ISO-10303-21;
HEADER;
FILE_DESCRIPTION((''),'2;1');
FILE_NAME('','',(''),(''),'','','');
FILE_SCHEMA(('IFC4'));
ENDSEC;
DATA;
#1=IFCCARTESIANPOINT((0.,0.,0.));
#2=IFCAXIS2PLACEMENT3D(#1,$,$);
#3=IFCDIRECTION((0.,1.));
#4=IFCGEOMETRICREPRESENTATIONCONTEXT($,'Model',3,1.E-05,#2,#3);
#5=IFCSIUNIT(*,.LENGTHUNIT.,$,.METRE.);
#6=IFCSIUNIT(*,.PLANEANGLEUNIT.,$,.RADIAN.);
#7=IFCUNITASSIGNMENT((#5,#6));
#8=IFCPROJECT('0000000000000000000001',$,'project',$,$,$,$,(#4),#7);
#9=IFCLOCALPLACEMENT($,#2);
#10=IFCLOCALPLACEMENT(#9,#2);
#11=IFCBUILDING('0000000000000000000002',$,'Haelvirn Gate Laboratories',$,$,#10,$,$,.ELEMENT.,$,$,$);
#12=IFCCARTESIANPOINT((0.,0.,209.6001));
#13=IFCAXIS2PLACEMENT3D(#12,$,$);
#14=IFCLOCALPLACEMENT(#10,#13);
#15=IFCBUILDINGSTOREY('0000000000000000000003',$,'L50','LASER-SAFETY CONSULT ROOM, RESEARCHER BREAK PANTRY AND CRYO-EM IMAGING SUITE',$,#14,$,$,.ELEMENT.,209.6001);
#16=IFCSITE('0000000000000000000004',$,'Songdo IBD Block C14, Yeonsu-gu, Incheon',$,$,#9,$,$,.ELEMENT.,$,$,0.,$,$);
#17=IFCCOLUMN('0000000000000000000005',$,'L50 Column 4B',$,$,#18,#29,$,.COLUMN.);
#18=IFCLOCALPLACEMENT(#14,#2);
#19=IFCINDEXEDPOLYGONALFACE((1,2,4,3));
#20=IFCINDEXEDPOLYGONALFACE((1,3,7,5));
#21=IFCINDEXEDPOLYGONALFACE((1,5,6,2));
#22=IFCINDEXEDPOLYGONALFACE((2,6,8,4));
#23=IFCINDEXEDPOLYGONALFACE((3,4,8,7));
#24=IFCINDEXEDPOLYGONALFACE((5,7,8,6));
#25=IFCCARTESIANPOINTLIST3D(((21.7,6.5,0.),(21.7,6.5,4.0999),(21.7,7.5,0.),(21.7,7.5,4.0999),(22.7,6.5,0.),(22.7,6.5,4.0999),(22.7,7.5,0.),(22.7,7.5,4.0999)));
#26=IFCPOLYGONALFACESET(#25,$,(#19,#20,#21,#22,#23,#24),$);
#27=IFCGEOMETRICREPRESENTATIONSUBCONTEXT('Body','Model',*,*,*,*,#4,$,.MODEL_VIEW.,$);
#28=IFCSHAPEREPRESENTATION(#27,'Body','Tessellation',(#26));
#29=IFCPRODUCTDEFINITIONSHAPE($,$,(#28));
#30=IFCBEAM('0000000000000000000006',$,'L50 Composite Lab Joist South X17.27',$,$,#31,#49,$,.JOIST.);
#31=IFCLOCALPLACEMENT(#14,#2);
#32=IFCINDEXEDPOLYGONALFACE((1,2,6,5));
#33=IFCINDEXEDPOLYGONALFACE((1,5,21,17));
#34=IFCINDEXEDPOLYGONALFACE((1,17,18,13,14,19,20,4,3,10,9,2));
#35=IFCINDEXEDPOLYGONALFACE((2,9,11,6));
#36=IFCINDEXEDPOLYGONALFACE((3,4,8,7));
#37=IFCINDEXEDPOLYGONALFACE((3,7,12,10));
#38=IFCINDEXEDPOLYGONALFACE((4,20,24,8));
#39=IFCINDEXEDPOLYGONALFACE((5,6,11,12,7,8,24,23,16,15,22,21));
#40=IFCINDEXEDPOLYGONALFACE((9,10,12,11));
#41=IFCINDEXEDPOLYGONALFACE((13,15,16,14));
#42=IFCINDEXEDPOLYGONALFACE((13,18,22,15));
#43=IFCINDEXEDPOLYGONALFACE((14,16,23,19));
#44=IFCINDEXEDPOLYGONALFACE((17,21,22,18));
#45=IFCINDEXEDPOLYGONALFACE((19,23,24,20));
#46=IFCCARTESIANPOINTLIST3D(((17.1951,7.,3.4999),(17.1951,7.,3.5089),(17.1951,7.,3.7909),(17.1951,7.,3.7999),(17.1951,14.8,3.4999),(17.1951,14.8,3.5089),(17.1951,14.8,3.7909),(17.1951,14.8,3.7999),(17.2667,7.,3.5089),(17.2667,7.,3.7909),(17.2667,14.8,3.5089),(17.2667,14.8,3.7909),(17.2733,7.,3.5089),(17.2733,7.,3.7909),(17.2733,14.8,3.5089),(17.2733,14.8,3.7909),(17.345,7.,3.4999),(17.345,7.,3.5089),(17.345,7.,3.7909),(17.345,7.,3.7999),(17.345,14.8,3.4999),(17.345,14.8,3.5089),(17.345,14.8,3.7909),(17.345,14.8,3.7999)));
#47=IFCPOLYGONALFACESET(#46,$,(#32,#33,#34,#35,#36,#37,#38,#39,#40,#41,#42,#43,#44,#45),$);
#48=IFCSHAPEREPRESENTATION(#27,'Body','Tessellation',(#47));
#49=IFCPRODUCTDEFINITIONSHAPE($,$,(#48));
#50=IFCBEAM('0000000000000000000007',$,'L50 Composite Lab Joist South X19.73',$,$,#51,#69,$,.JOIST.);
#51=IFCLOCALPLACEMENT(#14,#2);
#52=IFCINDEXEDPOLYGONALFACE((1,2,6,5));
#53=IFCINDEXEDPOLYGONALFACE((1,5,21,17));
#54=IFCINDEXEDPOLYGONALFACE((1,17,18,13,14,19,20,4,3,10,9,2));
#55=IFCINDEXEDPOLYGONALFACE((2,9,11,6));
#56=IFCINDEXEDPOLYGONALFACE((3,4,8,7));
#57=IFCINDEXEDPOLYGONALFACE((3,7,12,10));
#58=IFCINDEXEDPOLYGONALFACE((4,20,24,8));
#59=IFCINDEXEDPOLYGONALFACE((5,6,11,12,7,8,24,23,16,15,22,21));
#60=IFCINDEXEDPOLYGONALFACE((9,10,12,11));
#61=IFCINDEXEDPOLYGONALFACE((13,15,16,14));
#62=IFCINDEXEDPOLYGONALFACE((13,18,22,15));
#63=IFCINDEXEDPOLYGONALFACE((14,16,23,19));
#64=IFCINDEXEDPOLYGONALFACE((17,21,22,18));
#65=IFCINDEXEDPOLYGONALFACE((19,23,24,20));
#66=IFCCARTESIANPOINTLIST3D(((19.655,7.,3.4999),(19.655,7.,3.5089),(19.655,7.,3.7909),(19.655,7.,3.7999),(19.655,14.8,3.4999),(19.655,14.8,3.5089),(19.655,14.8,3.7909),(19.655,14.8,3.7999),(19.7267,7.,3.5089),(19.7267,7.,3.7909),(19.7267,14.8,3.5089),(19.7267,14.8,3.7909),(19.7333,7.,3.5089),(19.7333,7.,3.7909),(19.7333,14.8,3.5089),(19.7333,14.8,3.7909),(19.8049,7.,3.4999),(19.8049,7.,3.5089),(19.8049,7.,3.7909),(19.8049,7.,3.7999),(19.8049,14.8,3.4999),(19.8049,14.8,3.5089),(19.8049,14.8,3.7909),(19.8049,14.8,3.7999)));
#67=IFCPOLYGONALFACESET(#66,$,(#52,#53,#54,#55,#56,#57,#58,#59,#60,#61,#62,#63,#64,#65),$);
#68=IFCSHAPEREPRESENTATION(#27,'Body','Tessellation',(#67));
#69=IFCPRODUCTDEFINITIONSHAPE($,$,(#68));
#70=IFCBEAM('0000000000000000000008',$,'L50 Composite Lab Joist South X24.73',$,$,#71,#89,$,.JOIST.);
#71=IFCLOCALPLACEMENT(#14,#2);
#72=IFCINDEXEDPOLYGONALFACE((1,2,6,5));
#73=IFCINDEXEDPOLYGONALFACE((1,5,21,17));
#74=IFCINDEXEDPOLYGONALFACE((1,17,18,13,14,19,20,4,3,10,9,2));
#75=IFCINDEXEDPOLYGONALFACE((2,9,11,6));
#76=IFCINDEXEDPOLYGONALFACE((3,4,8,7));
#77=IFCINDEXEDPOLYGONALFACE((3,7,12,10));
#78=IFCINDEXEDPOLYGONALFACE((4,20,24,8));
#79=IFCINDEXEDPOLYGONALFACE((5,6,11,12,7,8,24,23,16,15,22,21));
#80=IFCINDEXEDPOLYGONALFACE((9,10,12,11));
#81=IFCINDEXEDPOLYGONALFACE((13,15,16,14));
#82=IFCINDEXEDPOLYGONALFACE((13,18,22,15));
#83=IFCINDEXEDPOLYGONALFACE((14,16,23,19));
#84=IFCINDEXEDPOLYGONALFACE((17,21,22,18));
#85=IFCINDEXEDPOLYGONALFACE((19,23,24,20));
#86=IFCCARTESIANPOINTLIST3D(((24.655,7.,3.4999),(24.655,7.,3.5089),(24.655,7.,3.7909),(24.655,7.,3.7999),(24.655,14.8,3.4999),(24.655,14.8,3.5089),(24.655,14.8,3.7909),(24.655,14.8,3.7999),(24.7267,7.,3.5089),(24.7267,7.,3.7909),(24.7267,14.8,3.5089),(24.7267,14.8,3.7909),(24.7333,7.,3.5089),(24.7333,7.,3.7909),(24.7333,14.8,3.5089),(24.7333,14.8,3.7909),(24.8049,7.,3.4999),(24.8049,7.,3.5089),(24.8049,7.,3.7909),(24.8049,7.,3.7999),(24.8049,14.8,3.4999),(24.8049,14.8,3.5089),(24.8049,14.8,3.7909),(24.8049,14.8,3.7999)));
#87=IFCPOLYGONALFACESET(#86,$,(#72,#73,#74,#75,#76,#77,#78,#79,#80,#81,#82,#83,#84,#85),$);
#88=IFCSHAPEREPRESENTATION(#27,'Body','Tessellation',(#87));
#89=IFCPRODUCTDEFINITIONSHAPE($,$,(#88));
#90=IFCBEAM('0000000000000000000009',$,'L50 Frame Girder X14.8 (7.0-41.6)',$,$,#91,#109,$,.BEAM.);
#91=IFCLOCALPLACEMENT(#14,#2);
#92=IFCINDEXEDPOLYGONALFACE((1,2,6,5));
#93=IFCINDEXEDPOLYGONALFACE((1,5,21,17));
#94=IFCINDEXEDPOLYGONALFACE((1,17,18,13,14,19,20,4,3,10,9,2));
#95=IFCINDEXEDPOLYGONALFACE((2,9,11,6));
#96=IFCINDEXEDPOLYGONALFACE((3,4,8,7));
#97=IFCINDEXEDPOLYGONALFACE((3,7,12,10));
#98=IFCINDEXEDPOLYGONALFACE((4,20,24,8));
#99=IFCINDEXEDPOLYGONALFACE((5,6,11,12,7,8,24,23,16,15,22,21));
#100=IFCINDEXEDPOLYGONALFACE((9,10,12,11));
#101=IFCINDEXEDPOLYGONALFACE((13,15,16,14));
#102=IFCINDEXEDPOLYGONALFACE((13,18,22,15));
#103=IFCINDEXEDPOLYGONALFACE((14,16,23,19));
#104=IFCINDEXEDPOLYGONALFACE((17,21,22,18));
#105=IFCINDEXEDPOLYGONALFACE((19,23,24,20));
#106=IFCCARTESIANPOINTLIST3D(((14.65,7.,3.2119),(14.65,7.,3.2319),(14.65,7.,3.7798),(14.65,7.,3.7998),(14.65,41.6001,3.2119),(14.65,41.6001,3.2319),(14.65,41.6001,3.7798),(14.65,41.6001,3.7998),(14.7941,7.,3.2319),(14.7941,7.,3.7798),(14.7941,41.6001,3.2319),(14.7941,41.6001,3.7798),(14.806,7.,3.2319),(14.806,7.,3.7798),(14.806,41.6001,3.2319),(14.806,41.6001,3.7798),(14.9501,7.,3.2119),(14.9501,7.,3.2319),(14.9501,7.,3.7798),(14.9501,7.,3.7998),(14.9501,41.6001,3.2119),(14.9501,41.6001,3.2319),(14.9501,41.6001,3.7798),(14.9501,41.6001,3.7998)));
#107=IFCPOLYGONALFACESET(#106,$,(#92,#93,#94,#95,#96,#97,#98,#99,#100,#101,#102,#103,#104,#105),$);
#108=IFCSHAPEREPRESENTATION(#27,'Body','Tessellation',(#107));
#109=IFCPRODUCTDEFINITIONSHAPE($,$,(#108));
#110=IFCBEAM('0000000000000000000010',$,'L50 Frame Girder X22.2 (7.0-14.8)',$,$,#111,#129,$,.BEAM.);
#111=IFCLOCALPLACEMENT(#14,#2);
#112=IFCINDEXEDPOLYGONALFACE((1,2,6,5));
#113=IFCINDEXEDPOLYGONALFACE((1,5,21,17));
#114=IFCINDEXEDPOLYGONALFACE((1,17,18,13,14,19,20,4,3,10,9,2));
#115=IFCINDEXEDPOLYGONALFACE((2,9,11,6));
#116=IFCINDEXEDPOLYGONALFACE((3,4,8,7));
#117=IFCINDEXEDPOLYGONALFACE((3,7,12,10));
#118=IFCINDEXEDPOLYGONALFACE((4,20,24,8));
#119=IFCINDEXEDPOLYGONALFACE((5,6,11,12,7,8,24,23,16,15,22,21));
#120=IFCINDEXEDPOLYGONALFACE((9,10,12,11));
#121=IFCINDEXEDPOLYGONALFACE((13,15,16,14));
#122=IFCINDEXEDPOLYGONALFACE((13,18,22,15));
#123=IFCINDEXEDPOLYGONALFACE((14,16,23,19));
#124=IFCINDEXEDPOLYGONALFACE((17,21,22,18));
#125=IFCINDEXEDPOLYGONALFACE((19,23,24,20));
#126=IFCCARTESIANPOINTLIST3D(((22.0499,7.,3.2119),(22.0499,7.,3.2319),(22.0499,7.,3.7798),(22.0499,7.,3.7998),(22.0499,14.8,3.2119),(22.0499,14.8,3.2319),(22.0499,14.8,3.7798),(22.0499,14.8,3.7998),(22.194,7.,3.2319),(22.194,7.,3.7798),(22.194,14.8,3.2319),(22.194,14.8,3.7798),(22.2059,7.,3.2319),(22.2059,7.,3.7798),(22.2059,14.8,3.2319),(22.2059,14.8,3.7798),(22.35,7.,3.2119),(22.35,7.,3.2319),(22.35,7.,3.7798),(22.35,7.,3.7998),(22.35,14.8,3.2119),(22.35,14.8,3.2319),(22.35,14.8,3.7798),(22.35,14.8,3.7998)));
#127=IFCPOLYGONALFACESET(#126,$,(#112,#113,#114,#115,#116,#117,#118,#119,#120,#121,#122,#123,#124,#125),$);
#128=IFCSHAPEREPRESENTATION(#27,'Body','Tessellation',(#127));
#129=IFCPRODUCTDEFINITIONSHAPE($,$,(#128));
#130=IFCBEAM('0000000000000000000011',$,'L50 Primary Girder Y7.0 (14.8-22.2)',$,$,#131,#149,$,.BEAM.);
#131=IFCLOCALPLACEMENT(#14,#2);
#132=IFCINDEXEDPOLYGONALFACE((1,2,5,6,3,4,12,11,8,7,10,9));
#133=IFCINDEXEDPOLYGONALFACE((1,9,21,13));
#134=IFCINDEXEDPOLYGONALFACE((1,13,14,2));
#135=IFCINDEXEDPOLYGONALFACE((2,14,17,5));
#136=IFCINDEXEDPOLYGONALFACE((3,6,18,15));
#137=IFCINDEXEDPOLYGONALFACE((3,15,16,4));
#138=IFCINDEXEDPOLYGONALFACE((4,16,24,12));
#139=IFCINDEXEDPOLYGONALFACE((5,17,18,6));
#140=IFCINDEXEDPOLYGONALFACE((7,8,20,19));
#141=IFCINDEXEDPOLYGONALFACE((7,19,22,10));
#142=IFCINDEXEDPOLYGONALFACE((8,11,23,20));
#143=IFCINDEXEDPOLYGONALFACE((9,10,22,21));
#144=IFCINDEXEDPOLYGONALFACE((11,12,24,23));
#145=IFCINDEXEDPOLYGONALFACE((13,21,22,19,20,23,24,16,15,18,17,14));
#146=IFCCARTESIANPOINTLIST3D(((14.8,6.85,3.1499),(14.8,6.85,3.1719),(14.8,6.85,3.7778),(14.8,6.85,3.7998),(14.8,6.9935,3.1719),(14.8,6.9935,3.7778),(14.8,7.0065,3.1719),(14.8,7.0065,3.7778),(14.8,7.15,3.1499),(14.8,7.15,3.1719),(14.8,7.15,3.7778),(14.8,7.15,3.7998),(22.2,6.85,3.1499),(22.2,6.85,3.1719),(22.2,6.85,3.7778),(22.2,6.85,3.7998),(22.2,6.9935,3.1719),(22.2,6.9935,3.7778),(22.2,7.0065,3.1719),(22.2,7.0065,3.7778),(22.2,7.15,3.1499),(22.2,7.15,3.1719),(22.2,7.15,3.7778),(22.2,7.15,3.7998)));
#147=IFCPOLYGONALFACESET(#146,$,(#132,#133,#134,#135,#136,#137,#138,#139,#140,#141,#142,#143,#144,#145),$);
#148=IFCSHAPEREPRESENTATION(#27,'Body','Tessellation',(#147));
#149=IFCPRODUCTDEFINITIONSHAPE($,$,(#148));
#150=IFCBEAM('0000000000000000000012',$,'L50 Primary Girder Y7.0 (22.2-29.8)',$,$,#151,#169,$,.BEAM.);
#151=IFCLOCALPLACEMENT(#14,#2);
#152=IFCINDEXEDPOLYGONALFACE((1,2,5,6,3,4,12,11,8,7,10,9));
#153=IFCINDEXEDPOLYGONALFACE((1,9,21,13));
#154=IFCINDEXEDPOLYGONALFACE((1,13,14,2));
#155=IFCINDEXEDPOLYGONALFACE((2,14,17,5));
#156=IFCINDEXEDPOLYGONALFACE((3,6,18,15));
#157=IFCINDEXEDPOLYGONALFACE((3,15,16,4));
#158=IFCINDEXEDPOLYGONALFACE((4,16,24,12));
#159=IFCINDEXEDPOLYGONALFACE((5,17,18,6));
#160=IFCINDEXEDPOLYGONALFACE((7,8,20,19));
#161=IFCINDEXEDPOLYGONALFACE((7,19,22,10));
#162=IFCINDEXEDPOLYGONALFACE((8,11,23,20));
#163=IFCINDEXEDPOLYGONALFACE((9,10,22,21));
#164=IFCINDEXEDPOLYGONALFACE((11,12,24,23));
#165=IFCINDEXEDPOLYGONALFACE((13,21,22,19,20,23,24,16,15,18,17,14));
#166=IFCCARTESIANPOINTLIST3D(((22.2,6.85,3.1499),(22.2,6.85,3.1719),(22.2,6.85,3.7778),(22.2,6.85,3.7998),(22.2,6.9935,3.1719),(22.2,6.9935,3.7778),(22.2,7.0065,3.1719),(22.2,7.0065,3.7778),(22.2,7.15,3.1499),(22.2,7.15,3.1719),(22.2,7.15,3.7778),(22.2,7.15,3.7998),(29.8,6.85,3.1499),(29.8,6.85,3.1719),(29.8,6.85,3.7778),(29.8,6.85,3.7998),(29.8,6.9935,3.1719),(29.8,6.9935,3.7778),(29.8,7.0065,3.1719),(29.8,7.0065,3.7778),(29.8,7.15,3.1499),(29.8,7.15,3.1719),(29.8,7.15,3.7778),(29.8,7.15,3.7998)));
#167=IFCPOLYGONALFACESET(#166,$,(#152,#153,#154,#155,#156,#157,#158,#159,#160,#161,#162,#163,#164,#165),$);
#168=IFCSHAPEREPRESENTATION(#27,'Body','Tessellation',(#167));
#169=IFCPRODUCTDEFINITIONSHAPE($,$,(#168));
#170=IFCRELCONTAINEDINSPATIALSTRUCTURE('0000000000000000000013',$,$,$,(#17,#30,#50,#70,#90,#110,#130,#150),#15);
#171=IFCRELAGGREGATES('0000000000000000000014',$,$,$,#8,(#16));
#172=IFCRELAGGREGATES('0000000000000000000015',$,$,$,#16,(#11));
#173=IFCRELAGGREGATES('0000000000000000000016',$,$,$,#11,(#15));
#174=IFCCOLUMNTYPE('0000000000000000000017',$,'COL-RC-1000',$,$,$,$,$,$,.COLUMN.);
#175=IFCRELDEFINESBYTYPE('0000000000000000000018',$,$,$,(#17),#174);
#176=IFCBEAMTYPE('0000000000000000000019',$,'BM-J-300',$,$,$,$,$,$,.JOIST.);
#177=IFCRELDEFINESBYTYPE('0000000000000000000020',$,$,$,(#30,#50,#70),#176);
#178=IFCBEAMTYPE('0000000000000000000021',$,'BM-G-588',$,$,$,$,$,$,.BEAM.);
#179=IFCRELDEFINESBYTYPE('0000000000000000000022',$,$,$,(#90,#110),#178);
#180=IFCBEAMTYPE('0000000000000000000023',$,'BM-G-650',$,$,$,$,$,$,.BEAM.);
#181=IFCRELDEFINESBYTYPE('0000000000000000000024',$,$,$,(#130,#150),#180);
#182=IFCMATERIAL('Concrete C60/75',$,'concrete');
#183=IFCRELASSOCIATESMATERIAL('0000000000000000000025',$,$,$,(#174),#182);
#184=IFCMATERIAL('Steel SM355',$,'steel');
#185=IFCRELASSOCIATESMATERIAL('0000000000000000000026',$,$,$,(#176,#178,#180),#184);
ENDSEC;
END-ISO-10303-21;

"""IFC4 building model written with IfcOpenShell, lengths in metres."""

from ifc_helpers import new_model, si_unit, direction, frame, origin, origin_2d, place, context, subcontext, project, spatial, rectangle, i_section, extrude, source, transform, mapped, material, material_profile, profile_set, type_object, type_shapes, element, save


model = new_model("IFC4")

# Units and contexts
model_context = context("Model", 3, precision=1e-05, world=origin(), true_north=direction((0.0, 1.0)))
body_context = subcontext(model_context, "Body", "Model", "MODEL_VIEW")
ifc_project = project(units=[si_unit("LENGTHUNIT", "METRE"), si_unit("PLANEANGLEUNIT", "RADIAN")], contexts=[model_context])

# Site, building, storey
site_placement = place(None, origin())
site = spatial("IfcSite", under=ifc_project, at=site_placement, Name="Songdo IBD Block C14, Yeonsu-gu, Incheon", CompositionType="ELEMENT", RefElevation=0.0)
building_placement = place(site_placement, origin())
building = spatial("IfcBuilding", under=site, at=building_placement, Name="Haelvirn Gate Laboratories", CompositionType="ELEMENT")
storey_placement = place(building_placement, frame((0.0, 0.0, 209.6001)))
storey = spatial("IfcBuildingStorey", under=building, at=storey_placement, Name="L50", Description="LASER-SAFETY CONSULT ROOM, RESEARCHER BREAK PANTRY AND CRYO-EM IMAGING SUITE", CompositionType="ELEMENT", Elevation=209.6001)

# Column
ifc_material_1 = material(Name="Concrete C60/75", Category="concrete")
ifc_material_profile_1 = material_profile(ifc_material_1, rectangle(XDim=1.0, YDim=1.0, at=origin_2d()), Name="RC-1000x1000")
ifc_profile_set_1 = profile_set([ifc_material_profile_1], Name="Concrete C60/75")
column_type = type_object("IfcColumnType", Name="COL-RC-1000", PredefinedType="COLUMN", material=ifc_profile_set_1)
shared_shape_1 = source(origin(), body_context, "Body", "SweptSolid", [
    extrude(rectangle(XDim=1.0, YDim=1.0, at=origin_2d()), origin(), (0.0, 0.0, 1.0), 4.0999),
])
type_shapes(column_type, [shared_shape_1])
column_placement = place(storey_placement, frame((22.2, 7.0, 0.0), z_axis=(0.0, 0.0, 1.0), x_axis=(1.0, 0.0, 0.0)))
element("IfcColumn", 1, at=column_placement, inside=storey, type_object=column_type, Name="L50 Column 4B", PredefinedType="COLUMN", context=body_context, shape_type="MappedRepresentation", body=[
    mapped(shared_shape_1, transform((0.0, 0.0, 0.0), scale=1.0)),
])

# Beams
ifc_material_2 = material(Name="Steel SM355", Category="steel")
ifc_material_profile_2 = material_profile(ifc_material_2, i_section(OverallWidth=0.1499, OverallDepth=0.3, WebThickness=0.0066, FlangeThickness=0.009, at=origin_2d()), Name="H-300x150x6.5x9")
ifc_profile_set_2 = profile_set([ifc_material_profile_2], Name="Steel SM355")
beam_type_1 = type_object("IfcBeamType", Name="BM-J-300", PredefinedType="JOIST", material=ifc_profile_set_2)
shared_shape_2 = source(origin(), body_context, "Body", "SweptSolid", [
    extrude(i_section(OverallWidth=0.1499, OverallDepth=0.3, WebThickness=0.0066, FlangeThickness=0.009, at=origin_2d()), origin(), (0.0, 0.0, 1.0), 7.8),
])
type_shapes(beam_type_1, [shared_shape_2])
for number, where, z_axis, x_axis, name in (
    (2, (17.27, 7.0, 3.6499), (0.0, 1.0, 0.0), (-1.0, 0.0, 0.0), "L50 Composite Lab Joist South X17.27"),
    (3, (19.73, 7.0, 3.6499), (0.0, 1.0, 0.0), (-1.0, 0.0, 0.0), "L50 Composite Lab Joist South X19.73"),
    (4, (24.73, 7.0, 3.6499), (0.0, 1.0, 0.0), (-1.0, 0.0, 0.0), "L50 Composite Lab Joist South X24.73"),
):
    element("IfcBeam", number, at=place(storey_placement, frame(where, z_axis=z_axis, x_axis=x_axis)), inside=storey, type_object=beam_type_1, Name=name, PredefinedType="JOIST", context=body_context, shape_type="MappedRepresentation", body=[
        mapped(shared_shape_2, transform((0.0, 0.0, 0.0), scale=1.0)),
    ])
ifc_material_profile_3 = material_profile(ifc_material_2, i_section(OverallWidth=0.3, OverallDepth=0.5879, WebThickness=0.012, FlangeThickness=0.02, at=origin_2d()), Name="H-588x300x12x20")
ifc_profile_set_3 = profile_set([ifc_material_profile_3], Name="Steel SM355")
beam_type_2 = type_object("IfcBeamType", Name="BM-G-588", PredefinedType="BEAM", material=ifc_profile_set_3)
shared_shape_3 = source(origin(), body_context, "Body", "SweptSolid", [
    extrude(i_section(OverallWidth=0.3, OverallDepth=0.5879, WebThickness=0.012, FlangeThickness=0.02, at=origin_2d()), origin(), (0.0, 0.0, 1.0), 34.6001),
])
beam_1_placement = place(storey_placement, frame((14.8, 7.0, 3.5059), z_axis=(0.0, 1.0, 0.0), x_axis=(-1.0, 0.0, 0.0)))
element("IfcBeam", 5, at=beam_1_placement, inside=storey, type_object=beam_type_2, Name="L50 Frame Girder X14.8 (7.0-41.6)", PredefinedType="BEAM", context=body_context, shape_type="MappedRepresentation", body=[
    mapped(shared_shape_3, transform((0.0, 0.0, 0.0), scale=1.0)),
])
shared_shape_4 = source(origin(), body_context, "Body", "SweptSolid", [
    extrude(i_section(OverallWidth=0.3, OverallDepth=0.5879, WebThickness=0.012, FlangeThickness=0.02, at=origin_2d()), origin(), (0.0, 0.0, 1.0), 7.8),
])
type_shapes(beam_type_2, [shared_shape_3, shared_shape_4])
beam_2_placement = place(storey_placement, frame((22.2, 7.0, 3.5059), z_axis=(0.0, 1.0, 0.0), x_axis=(-1.0, 0.0, 0.0)))
element("IfcBeam", 6, at=beam_2_placement, inside=storey, type_object=beam_type_2, Name="L50 Frame Girder X22.2 (7.0-14.8)", PredefinedType="BEAM", context=body_context, shape_type="MappedRepresentation", body=[
    mapped(shared_shape_4, transform((0.0, 0.0, 0.0), scale=1.0)),
])
ifc_material_profile_4 = material_profile(ifc_material_2, i_section(OverallWidth=0.3, OverallDepth=0.6499, WebThickness=0.0129, FlangeThickness=0.022, at=origin_2d()), Name="H-650x300x13x22")
ifc_profile_set_4 = profile_set([ifc_material_profile_4], Name="Steel SM355")
beam_type_3 = type_object("IfcBeamType", Name="BM-G-650", PredefinedType="BEAM", material=ifc_profile_set_4)
shared_shape_5 = source(origin(), body_context, "Body", "SweptSolid", [
    extrude(i_section(OverallWidth=0.3, OverallDepth=0.6499, WebThickness=0.0129, FlangeThickness=0.022, at=origin_2d()), origin(), (0.0, 0.0, 1.0), 7.3999),
])
beam_3_placement = place(storey_placement, frame((14.8, 7.0, 3.4749), z_axis=(1.0, 0.0, 0.0), x_axis=(0.0, 1.0, 0.0)))
element("IfcBeam", 7, at=beam_3_placement, inside=storey, type_object=beam_type_3, Name="L50 Primary Girder Y7.0 (14.8-22.2)", PredefinedType="BEAM", context=body_context, shape_type="MappedRepresentation", body=[
    mapped(shared_shape_5, transform((0.0, 0.0, 0.0), scale=1.0)),
])
shared_shape_6 = source(origin(), body_context, "Body", "SweptSolid", [
    extrude(i_section(OverallWidth=0.3, OverallDepth=0.6499, WebThickness=0.0129, FlangeThickness=0.022, at=origin_2d()), origin(), (0.0, 0.0, 1.0), 7.6001),
])
type_shapes(beam_type_3, [shared_shape_5, shared_shape_6])
beam_4_placement = place(storey_placement, frame((22.2, 7.0, 3.4749), z_axis=(1.0, 0.0, 0.0), x_axis=(0.0, 1.0, 0.0)))
element("IfcBeam", 8, at=beam_4_placement, inside=storey, type_object=beam_type_3, Name="L50 Primary Girder Y7.0 (22.2-29.8)", PredefinedType="BEAM", context=body_context, shape_type="MappedRepresentation", body=[
    mapped(shared_shape_6, transform((0.0, 0.0, 0.0), scale=1.0)),
])

save(model, "model.ifc")
